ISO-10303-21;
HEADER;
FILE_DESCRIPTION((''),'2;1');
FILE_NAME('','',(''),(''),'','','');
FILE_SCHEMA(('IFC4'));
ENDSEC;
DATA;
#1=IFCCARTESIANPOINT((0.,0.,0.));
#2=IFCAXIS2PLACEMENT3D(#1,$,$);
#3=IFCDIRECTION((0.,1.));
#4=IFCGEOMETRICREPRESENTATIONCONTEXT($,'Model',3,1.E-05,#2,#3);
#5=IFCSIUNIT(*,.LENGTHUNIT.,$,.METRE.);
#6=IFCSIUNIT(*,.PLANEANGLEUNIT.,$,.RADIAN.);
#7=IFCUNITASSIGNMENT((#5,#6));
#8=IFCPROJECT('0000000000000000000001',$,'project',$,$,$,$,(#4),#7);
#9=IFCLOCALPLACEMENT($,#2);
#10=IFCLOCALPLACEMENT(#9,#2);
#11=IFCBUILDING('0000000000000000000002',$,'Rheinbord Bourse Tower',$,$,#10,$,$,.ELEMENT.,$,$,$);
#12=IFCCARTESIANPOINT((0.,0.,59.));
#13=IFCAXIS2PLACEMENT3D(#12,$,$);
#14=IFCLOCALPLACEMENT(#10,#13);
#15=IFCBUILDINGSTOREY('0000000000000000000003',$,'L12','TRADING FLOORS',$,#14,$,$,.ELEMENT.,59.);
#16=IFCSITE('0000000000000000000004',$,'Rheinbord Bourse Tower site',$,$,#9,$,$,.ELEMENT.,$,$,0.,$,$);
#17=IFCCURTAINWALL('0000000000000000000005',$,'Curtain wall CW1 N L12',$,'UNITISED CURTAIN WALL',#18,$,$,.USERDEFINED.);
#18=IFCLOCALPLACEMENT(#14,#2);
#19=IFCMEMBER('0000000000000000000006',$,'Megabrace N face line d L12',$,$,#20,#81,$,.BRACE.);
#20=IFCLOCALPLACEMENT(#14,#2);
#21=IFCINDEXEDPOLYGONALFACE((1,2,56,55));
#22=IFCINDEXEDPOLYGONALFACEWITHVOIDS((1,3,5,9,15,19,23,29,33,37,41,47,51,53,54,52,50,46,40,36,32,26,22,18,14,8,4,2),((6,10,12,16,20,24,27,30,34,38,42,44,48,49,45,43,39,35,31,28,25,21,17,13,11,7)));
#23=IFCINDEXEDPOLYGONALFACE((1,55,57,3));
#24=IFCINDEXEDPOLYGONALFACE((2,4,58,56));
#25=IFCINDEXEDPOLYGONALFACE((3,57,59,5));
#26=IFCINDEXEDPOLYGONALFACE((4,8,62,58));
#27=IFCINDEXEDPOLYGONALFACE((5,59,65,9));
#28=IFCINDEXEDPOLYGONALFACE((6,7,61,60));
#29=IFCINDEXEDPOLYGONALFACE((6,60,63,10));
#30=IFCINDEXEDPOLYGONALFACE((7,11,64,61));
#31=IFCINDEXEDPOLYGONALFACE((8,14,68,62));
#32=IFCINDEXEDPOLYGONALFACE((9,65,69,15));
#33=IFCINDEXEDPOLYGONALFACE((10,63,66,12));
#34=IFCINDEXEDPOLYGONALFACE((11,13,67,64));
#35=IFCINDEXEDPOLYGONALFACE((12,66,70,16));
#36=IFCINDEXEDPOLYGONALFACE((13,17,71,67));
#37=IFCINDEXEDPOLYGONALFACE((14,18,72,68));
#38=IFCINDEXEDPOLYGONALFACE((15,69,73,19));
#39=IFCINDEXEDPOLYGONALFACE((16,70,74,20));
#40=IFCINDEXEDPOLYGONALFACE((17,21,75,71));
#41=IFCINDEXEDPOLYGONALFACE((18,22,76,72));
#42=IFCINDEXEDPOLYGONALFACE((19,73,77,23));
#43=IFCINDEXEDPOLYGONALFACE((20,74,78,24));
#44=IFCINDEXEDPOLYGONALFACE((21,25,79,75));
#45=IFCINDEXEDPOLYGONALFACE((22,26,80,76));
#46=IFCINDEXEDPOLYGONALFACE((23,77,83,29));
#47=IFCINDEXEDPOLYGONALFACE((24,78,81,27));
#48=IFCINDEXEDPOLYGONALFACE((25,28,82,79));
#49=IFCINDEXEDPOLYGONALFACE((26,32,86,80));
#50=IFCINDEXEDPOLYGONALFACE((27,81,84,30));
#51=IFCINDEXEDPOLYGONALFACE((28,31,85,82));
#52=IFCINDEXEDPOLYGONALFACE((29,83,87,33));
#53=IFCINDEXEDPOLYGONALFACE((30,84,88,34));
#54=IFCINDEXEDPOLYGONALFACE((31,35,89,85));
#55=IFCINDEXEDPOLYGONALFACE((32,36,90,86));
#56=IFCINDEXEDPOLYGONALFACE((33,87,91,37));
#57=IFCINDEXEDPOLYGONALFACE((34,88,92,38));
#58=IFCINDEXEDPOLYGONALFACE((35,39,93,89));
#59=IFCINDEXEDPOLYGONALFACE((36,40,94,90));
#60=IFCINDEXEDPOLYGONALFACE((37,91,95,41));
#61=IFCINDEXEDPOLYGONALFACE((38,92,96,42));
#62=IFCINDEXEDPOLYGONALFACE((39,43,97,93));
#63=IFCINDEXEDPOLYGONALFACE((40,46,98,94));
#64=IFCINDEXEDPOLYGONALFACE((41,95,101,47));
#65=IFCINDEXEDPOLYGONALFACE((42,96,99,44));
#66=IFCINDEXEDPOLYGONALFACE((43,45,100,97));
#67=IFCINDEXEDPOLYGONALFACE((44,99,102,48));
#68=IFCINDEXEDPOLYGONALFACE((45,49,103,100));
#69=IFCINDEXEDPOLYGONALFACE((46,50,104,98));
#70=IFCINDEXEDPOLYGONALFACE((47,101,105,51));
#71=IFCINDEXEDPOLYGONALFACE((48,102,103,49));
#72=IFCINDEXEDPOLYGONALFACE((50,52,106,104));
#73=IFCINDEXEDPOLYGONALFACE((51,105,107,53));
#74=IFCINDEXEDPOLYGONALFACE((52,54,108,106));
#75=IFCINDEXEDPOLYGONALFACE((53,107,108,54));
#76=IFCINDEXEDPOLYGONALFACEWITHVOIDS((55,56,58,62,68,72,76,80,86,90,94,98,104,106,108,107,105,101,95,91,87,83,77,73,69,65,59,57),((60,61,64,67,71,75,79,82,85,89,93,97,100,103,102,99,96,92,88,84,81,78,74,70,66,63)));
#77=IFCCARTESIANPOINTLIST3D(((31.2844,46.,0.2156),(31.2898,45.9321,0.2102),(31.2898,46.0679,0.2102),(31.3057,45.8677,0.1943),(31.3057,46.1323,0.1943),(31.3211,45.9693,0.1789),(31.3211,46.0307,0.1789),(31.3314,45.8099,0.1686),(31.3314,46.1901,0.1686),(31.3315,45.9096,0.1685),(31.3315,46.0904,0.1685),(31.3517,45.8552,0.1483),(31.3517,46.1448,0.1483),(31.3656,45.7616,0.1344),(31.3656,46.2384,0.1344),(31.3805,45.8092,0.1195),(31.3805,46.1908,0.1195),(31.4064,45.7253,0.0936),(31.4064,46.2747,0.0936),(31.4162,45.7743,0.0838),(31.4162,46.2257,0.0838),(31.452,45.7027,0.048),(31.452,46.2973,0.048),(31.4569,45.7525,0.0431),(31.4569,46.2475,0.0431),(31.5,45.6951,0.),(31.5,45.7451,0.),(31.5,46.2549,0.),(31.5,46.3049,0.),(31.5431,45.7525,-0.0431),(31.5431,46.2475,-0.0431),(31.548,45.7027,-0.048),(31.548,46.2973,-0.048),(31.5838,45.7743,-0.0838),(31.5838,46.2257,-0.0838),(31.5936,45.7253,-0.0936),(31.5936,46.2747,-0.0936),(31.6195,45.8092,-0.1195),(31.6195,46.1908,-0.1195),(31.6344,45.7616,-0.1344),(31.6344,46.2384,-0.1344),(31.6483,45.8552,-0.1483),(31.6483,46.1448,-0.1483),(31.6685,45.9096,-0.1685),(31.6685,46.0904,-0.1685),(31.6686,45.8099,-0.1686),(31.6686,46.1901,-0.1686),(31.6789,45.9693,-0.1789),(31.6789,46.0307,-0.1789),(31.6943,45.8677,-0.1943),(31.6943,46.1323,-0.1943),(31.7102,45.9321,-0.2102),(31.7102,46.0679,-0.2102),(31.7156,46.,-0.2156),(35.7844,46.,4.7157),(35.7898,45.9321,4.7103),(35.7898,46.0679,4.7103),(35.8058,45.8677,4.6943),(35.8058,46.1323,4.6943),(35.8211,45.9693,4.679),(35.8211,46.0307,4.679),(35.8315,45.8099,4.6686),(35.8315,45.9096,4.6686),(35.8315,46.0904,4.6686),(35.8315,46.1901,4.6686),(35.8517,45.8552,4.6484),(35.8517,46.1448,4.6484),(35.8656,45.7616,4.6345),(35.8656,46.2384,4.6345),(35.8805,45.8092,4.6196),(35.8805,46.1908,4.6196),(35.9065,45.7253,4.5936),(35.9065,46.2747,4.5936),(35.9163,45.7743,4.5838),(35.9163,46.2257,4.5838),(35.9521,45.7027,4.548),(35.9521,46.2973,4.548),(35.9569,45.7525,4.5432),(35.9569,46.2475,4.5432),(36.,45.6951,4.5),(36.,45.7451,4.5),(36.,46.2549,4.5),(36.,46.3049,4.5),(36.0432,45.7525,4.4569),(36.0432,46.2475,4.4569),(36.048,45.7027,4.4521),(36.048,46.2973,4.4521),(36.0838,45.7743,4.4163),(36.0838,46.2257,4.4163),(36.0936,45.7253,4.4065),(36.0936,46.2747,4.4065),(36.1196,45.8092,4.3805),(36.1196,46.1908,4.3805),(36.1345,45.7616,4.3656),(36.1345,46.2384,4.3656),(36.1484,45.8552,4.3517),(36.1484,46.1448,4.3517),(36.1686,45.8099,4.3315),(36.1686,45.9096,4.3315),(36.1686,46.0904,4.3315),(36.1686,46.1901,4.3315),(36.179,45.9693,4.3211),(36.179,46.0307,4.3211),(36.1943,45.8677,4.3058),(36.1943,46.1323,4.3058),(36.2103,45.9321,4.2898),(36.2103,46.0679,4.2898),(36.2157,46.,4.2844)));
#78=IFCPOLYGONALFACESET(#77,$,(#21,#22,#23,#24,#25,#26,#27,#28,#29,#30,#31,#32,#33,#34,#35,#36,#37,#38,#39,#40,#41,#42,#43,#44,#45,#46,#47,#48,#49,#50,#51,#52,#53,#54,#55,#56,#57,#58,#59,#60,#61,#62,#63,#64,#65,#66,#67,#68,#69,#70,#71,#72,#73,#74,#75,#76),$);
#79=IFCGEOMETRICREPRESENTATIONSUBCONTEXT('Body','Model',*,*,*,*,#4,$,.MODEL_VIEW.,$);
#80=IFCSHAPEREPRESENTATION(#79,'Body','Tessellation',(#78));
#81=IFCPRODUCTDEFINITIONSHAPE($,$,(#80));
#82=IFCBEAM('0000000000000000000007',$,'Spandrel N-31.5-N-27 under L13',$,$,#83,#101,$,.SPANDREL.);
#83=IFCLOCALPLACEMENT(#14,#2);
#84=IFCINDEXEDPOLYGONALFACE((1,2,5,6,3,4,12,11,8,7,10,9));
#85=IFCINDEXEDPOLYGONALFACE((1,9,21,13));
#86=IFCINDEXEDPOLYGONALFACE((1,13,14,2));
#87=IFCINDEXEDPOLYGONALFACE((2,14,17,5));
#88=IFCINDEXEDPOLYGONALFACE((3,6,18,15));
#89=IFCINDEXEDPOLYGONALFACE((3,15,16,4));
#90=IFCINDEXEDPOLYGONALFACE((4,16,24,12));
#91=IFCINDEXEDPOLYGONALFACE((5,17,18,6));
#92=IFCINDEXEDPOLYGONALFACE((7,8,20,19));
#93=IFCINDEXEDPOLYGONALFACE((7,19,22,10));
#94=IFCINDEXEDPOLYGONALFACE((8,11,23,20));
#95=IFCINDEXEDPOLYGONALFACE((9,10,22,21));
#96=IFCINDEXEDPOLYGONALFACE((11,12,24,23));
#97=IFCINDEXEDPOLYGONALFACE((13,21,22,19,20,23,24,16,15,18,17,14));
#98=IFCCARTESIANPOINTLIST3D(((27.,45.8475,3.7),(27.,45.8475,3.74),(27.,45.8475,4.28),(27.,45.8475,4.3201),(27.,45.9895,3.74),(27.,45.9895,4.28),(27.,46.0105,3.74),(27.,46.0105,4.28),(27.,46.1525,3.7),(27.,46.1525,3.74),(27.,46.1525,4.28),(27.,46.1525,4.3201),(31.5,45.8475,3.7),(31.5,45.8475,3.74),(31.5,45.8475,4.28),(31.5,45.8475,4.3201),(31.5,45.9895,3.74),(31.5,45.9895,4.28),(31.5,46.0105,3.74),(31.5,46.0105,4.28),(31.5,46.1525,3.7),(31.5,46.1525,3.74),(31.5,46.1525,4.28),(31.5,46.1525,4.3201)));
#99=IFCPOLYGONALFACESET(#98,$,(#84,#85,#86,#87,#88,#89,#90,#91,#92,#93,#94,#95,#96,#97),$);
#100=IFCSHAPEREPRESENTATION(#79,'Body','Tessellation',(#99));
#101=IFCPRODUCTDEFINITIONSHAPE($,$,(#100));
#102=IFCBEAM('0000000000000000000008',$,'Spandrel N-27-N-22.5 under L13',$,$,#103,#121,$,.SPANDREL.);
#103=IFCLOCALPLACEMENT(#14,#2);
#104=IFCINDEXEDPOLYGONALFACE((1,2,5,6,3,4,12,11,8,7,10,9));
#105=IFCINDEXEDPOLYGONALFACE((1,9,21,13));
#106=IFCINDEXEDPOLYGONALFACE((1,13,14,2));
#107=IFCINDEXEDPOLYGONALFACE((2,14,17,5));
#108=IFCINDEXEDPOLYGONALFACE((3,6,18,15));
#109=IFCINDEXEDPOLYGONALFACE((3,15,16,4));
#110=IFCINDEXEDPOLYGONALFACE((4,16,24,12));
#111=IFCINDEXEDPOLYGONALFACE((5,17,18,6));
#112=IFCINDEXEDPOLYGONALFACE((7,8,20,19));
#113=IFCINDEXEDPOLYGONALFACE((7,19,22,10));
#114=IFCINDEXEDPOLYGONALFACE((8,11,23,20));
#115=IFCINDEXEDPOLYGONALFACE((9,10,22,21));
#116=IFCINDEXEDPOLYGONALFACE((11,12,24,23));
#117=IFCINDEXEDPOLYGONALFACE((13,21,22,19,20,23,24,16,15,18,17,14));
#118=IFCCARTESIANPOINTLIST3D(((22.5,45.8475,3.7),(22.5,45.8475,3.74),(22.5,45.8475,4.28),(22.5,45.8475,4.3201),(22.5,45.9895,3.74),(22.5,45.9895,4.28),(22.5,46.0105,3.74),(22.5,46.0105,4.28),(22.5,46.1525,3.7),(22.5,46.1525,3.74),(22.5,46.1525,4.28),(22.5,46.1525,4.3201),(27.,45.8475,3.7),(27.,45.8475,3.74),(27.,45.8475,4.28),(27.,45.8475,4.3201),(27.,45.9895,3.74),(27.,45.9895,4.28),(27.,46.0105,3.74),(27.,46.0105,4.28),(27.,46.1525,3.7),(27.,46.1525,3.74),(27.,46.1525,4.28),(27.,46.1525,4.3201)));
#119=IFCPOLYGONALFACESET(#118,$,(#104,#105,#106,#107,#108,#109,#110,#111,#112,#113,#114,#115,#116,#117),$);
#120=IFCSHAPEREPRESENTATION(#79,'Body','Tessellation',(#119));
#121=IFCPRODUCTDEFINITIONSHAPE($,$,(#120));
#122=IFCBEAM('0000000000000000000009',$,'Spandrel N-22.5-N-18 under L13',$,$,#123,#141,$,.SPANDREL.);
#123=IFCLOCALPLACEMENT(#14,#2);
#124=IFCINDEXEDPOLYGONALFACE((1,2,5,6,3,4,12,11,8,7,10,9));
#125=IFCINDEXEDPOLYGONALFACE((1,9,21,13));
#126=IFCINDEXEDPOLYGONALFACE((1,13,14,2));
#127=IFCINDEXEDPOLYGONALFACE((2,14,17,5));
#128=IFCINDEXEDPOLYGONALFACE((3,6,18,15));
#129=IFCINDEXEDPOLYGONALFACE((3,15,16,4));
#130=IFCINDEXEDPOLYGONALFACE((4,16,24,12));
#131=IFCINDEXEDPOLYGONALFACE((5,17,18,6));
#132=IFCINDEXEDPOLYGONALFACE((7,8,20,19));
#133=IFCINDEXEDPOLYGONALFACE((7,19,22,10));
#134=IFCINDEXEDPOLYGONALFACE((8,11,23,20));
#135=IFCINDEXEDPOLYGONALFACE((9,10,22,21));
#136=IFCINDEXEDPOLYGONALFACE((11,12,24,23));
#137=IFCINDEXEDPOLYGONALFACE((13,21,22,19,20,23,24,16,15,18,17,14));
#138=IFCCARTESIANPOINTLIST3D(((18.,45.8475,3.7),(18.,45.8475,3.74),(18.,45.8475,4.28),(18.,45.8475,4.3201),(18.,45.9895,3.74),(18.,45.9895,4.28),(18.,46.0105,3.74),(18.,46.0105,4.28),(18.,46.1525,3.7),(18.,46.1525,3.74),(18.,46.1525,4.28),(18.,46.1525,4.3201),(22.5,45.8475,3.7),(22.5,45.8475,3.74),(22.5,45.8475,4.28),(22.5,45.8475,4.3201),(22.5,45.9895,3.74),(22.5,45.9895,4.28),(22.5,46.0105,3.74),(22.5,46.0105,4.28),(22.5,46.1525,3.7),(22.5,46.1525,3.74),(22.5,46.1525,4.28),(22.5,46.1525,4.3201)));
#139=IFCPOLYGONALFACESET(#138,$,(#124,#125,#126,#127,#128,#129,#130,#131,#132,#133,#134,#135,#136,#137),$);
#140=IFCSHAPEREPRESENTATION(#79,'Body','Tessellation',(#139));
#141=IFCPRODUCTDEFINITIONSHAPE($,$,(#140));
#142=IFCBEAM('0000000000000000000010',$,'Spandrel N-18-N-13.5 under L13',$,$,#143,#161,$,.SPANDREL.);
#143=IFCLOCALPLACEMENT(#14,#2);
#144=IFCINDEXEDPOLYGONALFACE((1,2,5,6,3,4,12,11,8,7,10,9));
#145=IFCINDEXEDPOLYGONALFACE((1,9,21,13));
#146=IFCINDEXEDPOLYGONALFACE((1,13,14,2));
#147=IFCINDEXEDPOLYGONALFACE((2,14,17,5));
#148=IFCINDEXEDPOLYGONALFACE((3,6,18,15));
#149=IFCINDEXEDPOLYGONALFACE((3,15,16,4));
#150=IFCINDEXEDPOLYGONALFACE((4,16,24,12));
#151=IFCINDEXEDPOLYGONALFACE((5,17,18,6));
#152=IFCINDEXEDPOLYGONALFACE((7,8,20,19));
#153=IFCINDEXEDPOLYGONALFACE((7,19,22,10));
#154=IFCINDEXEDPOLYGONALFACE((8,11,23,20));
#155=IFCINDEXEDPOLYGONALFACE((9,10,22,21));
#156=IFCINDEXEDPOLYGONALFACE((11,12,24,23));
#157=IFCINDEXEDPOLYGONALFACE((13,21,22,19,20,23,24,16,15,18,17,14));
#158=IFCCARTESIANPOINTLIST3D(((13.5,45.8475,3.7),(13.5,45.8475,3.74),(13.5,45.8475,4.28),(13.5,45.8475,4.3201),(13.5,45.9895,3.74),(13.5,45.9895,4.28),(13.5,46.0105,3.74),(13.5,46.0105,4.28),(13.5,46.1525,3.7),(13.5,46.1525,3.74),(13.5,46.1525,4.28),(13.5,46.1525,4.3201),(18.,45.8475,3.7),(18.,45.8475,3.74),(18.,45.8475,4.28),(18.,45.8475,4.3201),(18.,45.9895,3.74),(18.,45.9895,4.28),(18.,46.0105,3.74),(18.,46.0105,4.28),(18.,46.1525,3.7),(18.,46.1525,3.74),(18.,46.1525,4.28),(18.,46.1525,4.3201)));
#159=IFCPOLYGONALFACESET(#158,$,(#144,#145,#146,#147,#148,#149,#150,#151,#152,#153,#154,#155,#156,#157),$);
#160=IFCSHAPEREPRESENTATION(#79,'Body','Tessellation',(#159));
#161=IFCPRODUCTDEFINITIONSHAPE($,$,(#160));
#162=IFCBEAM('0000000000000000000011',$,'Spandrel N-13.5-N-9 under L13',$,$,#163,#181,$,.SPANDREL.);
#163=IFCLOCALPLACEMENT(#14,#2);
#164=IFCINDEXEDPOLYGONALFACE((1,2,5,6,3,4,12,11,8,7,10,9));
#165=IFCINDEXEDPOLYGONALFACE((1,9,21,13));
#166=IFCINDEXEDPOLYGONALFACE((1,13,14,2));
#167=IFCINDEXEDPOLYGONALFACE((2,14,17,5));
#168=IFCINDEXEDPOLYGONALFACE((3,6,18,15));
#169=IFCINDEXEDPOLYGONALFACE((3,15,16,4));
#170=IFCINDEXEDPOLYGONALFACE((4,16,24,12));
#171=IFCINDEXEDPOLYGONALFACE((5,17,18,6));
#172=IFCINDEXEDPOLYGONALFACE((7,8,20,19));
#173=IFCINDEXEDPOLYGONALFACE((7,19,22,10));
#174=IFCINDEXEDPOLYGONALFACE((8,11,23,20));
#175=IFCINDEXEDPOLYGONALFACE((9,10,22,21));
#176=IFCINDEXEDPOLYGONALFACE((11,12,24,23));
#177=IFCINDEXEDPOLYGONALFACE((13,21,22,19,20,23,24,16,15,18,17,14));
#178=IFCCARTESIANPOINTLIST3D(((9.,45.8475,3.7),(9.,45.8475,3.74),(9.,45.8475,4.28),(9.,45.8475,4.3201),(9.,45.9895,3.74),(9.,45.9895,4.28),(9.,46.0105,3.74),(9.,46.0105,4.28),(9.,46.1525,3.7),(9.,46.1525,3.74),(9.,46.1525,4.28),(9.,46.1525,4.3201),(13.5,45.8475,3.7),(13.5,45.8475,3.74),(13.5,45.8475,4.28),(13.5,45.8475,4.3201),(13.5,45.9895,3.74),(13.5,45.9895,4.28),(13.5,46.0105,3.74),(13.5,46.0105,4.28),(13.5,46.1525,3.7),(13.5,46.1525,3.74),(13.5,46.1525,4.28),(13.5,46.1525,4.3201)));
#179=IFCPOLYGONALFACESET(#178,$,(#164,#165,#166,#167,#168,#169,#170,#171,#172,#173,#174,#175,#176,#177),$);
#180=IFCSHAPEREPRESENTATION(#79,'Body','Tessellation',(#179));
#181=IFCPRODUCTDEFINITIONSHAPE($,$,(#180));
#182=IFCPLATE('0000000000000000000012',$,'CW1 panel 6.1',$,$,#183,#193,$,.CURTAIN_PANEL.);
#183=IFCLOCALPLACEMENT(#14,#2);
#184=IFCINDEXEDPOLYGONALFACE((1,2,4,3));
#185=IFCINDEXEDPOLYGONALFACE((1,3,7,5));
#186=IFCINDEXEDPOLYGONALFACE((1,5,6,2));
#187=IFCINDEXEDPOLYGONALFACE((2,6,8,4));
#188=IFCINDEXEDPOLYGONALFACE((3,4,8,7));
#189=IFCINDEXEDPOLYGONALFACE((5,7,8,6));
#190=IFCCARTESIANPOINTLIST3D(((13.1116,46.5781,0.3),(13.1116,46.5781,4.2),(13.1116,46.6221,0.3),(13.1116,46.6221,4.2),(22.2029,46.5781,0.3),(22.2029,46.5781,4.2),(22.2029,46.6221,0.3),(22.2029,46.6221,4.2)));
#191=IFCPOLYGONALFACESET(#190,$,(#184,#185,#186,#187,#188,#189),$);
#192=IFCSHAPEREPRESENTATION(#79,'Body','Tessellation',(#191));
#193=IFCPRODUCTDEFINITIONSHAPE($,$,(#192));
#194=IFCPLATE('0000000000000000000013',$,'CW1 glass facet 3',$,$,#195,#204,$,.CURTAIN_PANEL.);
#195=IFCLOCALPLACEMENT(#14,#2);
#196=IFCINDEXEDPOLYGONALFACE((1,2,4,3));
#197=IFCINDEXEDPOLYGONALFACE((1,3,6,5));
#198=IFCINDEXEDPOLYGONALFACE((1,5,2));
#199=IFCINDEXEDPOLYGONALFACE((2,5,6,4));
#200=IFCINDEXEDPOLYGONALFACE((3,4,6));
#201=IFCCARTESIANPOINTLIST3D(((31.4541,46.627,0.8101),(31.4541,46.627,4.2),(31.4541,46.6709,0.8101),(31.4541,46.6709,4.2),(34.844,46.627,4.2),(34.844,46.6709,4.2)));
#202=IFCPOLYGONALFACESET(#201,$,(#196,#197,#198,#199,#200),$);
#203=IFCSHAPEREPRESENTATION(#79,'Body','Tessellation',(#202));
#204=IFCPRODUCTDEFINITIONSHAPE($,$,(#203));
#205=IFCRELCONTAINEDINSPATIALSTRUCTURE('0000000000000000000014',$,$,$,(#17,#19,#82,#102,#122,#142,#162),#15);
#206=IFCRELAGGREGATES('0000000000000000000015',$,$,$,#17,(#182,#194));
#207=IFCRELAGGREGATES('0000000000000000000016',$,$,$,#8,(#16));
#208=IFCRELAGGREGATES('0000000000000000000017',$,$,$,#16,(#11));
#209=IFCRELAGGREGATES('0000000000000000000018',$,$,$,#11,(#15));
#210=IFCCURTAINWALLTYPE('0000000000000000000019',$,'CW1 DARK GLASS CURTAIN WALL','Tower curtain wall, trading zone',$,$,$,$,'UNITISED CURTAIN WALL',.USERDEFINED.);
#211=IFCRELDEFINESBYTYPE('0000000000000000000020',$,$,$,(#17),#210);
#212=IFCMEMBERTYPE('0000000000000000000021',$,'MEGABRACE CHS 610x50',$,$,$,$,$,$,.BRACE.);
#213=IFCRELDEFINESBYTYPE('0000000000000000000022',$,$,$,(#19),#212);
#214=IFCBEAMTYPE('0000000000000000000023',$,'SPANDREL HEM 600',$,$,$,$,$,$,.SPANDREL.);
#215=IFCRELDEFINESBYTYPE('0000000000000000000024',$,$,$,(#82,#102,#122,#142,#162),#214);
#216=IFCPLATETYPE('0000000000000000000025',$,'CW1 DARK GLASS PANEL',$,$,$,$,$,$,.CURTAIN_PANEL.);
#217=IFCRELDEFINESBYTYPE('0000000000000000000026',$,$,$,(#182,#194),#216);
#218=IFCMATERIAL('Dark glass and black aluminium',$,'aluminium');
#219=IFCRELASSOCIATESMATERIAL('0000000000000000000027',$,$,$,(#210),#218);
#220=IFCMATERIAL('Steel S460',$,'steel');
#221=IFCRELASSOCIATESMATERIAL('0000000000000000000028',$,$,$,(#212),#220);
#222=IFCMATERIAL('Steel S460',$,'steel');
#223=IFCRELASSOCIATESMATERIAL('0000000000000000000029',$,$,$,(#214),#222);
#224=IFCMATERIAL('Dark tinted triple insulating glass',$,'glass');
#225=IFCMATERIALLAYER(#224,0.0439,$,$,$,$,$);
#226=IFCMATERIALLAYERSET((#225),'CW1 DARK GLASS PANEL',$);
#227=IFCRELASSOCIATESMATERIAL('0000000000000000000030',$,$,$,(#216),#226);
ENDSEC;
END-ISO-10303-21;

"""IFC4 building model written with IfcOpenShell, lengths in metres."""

from ifc_helpers import new_model, si_unit, direction, frame, origin, origin_2d, place, context, subcontext, project, spatial, polyline, rectangle, hollow_circle, i_section, outline, extrude, material, layer, layer_set, material_profile, profile_set, type_object, element, aggregate, save


model = new_model("IFC4")

# Units and contexts
model_context = context("Model", 3, precision=1e-05, world=origin(), true_north=direction((0.0, 1.0)))
body_context = subcontext(model_context, "Body", "Model", "MODEL_VIEW")
ifc_project = project(units=[si_unit("LENGTHUNIT", "METRE"), si_unit("PLANEANGLEUNIT", "RADIAN")], contexts=[model_context])

# Site, building, storey
site_placement = place(None, origin())
site = spatial("IfcSite", under=ifc_project, at=site_placement, Name="Rheinbord Bourse Tower site", CompositionType="ELEMENT", RefElevation=0.0)
building_placement = place(site_placement, origin())
building = spatial("IfcBuilding", under=site, at=building_placement, Name="Rheinbord Bourse Tower", CompositionType="ELEMENT")
storey_placement = place(building_placement, frame((0.0, 0.0, 59.0)))
storey = spatial("IfcBuildingStorey", under=building, at=storey_placement, Name="L12", Description="TRADING FLOORS", CompositionType="ELEMENT", Elevation=59.0)

# Curtain wall
ifc_material_1 = material(Name="Dark glass and black aluminium", Category="aluminium")
curtain_wall_type = type_object("IfcCurtainWallType", Name="CW1 DARK GLASS CURTAIN WALL", Description="Tower curtain wall, trading zone", ElementType="UNITISED CURTAIN WALL", PredefinedType="USERDEFINED", material=ifc_material_1)
curtain_wall_placement = place(storey_placement, origin())
curtain_wall = element("IfcCurtainWall", 1, at=curtain_wall_placement, inside=storey, type_object=curtain_wall_type, Name="Curtain wall CW1 N L12", ObjectType="UNITISED CURTAIN WALL", PredefinedType="USERDEFINED")

# Member
ifc_material_2 = material(Name="Steel S460", Category="steel")
ifc_material_profile_1 = material_profile(ifc_material_2, hollow_circle(Radius=0.3049, WallThickness=0.05, at=origin_2d()), Name="CHS 610x50")
ifc_profile_set_1 = profile_set([ifc_material_profile_1], Name="Steel S460")
member_type_1 = type_object("IfcMemberType", Name="MEGABRACE CHS 610x50", PredefinedType="BRACE", material=ifc_profile_set_1)
member_1_placement = place(storey_placement, frame((31.5, 46.0, 0.0), z_axis=(0.707107, 0.0, 0.707107), x_axis=(0.0, 1.0, 0.0)))
element("IfcMember", 2, at=member_1_placement, inside=storey, type_object=member_type_1, Name="Megabrace N face line d L12", PredefinedType="BRACE", context=body_context, shape_type="SweptSolid", body=[
    extrude(hollow_circle(Radius=0.3049, WallThickness=0.05, at=origin_2d()), origin(), (0.0, 0.0, 1.0), 6.364),
])

# Beams
ifc_material_3 = material(Name="Steel S460", Category="steel")
ifc_material_profile_2 = material_profile(ifc_material_3, i_section(OverallWidth=0.3049, OverallDepth=0.6201, WebThickness=0.021, FlangeThickness=0.04, at=origin_2d()), Name="HEM 600")
ifc_profile_set_2 = profile_set([ifc_material_profile_2], Name="Steel S460")
beam_type_1 = type_object("IfcBeamType", Name="SPANDREL HEM 600", PredefinedType="SPANDREL", material=ifc_profile_set_2)
for number, where, z_axis, x_axis, name in (
    (3, (31.5, 46.0, 4.01), (-1.0, 0.0, 0.0), (0.0, -1.0, 0.0), "Spandrel N-31.5-N-27 under L13"),
    (4, (27.0, 46.0, 4.01), (-1.0, 0.0, 0.0), (0.0, -1.0, 0.0), "Spandrel N-27-N-22.5 under L13"),
    (5, (22.5, 46.0, 4.01), (-1.0, 0.0, 0.0), (0.0, -1.0, 0.0), "Spandrel N-22.5-N-18 under L13"),
    (6, (18.0, 46.0, 4.01), (-1.0, 0.0, 0.0), (0.0, -1.0, 0.0), "Spandrel N-18-N-13.5 under L13"),
    (7, (13.5, 46.0, 4.01), (-1.0, 0.0, 0.0), (0.0, -1.0, 0.0), "Spandrel N-13.5-N-9 under L13"),
):
    element("IfcBeam", number, at=place(storey_placement, frame(where, z_axis=z_axis, x_axis=x_axis)), inside=storey, type_object=beam_type_1, Name=name, PredefinedType="SPANDREL", context=body_context, shape_type="SweptSolid", body=[
        extrude(i_section(OverallWidth=0.3049, OverallDepth=0.6201, WebThickness=0.021, FlangeThickness=0.04, at=origin_2d()), origin(), (0.0, 0.0, 1.0), 4.5),
    ])

# Plates
ifc_material_4 = material(Name="Dark tinted triple insulating glass", Category="glass")
ifc_layer = layer(ifc_material_4, 0.0439)
ifc_layer_set = layer_set([ifc_layer], Name="CW1 DARK GLASS PANEL")
plate_type = type_object("IfcPlateType", Name="CW1 DARK GLASS PANEL", PredefinedType="CURTAIN_PANEL", material=ifc_layer_set)
plate_1_placement = place(storey_placement, frame((17.6572, 46.6001, 0.3), z_axis=(0.0, 0.0, 1.0), x_axis=(-1.0, 0.0, 0.0)))
plate_1 = element("IfcPlate", 8, at=plate_1_placement, type_object=plate_type, Name="CW1 panel 6.1", PredefinedType="CURTAIN_PANEL", context=body_context, shape_type="SweptSolid", body=[
    extrude(rectangle(XDim=9.0913, YDim=0.0439, at=origin_2d()), origin(), (0.0, 0.0, 1.0), 3.8999),
])
plate_2_placement = place(storey_placement, frame((31.4541, 46.6709, 4.2), z_axis=(0.0, -1.0, 0.0), x_axis=(0.0, 0.0, -1.0)))
plate_2 = element("IfcPlate", 9, at=plate_2_placement, type_object=plate_type, Name="CW1 glass facet 3", PredefinedType="CURTAIN_PANEL", context=body_context, shape_type="SweptSolid", body=[
    extrude(outline(polyline([(0.0, 0.0), (3.3899, 0.0), (0.0, 3.3899), (0.0, 0.0)])), origin(), (0.0, 0.0, 1.0), 0.0439),
])
aggregate(curtain_wall, [plate_1, plate_2])

save(model, "model.ifc")
